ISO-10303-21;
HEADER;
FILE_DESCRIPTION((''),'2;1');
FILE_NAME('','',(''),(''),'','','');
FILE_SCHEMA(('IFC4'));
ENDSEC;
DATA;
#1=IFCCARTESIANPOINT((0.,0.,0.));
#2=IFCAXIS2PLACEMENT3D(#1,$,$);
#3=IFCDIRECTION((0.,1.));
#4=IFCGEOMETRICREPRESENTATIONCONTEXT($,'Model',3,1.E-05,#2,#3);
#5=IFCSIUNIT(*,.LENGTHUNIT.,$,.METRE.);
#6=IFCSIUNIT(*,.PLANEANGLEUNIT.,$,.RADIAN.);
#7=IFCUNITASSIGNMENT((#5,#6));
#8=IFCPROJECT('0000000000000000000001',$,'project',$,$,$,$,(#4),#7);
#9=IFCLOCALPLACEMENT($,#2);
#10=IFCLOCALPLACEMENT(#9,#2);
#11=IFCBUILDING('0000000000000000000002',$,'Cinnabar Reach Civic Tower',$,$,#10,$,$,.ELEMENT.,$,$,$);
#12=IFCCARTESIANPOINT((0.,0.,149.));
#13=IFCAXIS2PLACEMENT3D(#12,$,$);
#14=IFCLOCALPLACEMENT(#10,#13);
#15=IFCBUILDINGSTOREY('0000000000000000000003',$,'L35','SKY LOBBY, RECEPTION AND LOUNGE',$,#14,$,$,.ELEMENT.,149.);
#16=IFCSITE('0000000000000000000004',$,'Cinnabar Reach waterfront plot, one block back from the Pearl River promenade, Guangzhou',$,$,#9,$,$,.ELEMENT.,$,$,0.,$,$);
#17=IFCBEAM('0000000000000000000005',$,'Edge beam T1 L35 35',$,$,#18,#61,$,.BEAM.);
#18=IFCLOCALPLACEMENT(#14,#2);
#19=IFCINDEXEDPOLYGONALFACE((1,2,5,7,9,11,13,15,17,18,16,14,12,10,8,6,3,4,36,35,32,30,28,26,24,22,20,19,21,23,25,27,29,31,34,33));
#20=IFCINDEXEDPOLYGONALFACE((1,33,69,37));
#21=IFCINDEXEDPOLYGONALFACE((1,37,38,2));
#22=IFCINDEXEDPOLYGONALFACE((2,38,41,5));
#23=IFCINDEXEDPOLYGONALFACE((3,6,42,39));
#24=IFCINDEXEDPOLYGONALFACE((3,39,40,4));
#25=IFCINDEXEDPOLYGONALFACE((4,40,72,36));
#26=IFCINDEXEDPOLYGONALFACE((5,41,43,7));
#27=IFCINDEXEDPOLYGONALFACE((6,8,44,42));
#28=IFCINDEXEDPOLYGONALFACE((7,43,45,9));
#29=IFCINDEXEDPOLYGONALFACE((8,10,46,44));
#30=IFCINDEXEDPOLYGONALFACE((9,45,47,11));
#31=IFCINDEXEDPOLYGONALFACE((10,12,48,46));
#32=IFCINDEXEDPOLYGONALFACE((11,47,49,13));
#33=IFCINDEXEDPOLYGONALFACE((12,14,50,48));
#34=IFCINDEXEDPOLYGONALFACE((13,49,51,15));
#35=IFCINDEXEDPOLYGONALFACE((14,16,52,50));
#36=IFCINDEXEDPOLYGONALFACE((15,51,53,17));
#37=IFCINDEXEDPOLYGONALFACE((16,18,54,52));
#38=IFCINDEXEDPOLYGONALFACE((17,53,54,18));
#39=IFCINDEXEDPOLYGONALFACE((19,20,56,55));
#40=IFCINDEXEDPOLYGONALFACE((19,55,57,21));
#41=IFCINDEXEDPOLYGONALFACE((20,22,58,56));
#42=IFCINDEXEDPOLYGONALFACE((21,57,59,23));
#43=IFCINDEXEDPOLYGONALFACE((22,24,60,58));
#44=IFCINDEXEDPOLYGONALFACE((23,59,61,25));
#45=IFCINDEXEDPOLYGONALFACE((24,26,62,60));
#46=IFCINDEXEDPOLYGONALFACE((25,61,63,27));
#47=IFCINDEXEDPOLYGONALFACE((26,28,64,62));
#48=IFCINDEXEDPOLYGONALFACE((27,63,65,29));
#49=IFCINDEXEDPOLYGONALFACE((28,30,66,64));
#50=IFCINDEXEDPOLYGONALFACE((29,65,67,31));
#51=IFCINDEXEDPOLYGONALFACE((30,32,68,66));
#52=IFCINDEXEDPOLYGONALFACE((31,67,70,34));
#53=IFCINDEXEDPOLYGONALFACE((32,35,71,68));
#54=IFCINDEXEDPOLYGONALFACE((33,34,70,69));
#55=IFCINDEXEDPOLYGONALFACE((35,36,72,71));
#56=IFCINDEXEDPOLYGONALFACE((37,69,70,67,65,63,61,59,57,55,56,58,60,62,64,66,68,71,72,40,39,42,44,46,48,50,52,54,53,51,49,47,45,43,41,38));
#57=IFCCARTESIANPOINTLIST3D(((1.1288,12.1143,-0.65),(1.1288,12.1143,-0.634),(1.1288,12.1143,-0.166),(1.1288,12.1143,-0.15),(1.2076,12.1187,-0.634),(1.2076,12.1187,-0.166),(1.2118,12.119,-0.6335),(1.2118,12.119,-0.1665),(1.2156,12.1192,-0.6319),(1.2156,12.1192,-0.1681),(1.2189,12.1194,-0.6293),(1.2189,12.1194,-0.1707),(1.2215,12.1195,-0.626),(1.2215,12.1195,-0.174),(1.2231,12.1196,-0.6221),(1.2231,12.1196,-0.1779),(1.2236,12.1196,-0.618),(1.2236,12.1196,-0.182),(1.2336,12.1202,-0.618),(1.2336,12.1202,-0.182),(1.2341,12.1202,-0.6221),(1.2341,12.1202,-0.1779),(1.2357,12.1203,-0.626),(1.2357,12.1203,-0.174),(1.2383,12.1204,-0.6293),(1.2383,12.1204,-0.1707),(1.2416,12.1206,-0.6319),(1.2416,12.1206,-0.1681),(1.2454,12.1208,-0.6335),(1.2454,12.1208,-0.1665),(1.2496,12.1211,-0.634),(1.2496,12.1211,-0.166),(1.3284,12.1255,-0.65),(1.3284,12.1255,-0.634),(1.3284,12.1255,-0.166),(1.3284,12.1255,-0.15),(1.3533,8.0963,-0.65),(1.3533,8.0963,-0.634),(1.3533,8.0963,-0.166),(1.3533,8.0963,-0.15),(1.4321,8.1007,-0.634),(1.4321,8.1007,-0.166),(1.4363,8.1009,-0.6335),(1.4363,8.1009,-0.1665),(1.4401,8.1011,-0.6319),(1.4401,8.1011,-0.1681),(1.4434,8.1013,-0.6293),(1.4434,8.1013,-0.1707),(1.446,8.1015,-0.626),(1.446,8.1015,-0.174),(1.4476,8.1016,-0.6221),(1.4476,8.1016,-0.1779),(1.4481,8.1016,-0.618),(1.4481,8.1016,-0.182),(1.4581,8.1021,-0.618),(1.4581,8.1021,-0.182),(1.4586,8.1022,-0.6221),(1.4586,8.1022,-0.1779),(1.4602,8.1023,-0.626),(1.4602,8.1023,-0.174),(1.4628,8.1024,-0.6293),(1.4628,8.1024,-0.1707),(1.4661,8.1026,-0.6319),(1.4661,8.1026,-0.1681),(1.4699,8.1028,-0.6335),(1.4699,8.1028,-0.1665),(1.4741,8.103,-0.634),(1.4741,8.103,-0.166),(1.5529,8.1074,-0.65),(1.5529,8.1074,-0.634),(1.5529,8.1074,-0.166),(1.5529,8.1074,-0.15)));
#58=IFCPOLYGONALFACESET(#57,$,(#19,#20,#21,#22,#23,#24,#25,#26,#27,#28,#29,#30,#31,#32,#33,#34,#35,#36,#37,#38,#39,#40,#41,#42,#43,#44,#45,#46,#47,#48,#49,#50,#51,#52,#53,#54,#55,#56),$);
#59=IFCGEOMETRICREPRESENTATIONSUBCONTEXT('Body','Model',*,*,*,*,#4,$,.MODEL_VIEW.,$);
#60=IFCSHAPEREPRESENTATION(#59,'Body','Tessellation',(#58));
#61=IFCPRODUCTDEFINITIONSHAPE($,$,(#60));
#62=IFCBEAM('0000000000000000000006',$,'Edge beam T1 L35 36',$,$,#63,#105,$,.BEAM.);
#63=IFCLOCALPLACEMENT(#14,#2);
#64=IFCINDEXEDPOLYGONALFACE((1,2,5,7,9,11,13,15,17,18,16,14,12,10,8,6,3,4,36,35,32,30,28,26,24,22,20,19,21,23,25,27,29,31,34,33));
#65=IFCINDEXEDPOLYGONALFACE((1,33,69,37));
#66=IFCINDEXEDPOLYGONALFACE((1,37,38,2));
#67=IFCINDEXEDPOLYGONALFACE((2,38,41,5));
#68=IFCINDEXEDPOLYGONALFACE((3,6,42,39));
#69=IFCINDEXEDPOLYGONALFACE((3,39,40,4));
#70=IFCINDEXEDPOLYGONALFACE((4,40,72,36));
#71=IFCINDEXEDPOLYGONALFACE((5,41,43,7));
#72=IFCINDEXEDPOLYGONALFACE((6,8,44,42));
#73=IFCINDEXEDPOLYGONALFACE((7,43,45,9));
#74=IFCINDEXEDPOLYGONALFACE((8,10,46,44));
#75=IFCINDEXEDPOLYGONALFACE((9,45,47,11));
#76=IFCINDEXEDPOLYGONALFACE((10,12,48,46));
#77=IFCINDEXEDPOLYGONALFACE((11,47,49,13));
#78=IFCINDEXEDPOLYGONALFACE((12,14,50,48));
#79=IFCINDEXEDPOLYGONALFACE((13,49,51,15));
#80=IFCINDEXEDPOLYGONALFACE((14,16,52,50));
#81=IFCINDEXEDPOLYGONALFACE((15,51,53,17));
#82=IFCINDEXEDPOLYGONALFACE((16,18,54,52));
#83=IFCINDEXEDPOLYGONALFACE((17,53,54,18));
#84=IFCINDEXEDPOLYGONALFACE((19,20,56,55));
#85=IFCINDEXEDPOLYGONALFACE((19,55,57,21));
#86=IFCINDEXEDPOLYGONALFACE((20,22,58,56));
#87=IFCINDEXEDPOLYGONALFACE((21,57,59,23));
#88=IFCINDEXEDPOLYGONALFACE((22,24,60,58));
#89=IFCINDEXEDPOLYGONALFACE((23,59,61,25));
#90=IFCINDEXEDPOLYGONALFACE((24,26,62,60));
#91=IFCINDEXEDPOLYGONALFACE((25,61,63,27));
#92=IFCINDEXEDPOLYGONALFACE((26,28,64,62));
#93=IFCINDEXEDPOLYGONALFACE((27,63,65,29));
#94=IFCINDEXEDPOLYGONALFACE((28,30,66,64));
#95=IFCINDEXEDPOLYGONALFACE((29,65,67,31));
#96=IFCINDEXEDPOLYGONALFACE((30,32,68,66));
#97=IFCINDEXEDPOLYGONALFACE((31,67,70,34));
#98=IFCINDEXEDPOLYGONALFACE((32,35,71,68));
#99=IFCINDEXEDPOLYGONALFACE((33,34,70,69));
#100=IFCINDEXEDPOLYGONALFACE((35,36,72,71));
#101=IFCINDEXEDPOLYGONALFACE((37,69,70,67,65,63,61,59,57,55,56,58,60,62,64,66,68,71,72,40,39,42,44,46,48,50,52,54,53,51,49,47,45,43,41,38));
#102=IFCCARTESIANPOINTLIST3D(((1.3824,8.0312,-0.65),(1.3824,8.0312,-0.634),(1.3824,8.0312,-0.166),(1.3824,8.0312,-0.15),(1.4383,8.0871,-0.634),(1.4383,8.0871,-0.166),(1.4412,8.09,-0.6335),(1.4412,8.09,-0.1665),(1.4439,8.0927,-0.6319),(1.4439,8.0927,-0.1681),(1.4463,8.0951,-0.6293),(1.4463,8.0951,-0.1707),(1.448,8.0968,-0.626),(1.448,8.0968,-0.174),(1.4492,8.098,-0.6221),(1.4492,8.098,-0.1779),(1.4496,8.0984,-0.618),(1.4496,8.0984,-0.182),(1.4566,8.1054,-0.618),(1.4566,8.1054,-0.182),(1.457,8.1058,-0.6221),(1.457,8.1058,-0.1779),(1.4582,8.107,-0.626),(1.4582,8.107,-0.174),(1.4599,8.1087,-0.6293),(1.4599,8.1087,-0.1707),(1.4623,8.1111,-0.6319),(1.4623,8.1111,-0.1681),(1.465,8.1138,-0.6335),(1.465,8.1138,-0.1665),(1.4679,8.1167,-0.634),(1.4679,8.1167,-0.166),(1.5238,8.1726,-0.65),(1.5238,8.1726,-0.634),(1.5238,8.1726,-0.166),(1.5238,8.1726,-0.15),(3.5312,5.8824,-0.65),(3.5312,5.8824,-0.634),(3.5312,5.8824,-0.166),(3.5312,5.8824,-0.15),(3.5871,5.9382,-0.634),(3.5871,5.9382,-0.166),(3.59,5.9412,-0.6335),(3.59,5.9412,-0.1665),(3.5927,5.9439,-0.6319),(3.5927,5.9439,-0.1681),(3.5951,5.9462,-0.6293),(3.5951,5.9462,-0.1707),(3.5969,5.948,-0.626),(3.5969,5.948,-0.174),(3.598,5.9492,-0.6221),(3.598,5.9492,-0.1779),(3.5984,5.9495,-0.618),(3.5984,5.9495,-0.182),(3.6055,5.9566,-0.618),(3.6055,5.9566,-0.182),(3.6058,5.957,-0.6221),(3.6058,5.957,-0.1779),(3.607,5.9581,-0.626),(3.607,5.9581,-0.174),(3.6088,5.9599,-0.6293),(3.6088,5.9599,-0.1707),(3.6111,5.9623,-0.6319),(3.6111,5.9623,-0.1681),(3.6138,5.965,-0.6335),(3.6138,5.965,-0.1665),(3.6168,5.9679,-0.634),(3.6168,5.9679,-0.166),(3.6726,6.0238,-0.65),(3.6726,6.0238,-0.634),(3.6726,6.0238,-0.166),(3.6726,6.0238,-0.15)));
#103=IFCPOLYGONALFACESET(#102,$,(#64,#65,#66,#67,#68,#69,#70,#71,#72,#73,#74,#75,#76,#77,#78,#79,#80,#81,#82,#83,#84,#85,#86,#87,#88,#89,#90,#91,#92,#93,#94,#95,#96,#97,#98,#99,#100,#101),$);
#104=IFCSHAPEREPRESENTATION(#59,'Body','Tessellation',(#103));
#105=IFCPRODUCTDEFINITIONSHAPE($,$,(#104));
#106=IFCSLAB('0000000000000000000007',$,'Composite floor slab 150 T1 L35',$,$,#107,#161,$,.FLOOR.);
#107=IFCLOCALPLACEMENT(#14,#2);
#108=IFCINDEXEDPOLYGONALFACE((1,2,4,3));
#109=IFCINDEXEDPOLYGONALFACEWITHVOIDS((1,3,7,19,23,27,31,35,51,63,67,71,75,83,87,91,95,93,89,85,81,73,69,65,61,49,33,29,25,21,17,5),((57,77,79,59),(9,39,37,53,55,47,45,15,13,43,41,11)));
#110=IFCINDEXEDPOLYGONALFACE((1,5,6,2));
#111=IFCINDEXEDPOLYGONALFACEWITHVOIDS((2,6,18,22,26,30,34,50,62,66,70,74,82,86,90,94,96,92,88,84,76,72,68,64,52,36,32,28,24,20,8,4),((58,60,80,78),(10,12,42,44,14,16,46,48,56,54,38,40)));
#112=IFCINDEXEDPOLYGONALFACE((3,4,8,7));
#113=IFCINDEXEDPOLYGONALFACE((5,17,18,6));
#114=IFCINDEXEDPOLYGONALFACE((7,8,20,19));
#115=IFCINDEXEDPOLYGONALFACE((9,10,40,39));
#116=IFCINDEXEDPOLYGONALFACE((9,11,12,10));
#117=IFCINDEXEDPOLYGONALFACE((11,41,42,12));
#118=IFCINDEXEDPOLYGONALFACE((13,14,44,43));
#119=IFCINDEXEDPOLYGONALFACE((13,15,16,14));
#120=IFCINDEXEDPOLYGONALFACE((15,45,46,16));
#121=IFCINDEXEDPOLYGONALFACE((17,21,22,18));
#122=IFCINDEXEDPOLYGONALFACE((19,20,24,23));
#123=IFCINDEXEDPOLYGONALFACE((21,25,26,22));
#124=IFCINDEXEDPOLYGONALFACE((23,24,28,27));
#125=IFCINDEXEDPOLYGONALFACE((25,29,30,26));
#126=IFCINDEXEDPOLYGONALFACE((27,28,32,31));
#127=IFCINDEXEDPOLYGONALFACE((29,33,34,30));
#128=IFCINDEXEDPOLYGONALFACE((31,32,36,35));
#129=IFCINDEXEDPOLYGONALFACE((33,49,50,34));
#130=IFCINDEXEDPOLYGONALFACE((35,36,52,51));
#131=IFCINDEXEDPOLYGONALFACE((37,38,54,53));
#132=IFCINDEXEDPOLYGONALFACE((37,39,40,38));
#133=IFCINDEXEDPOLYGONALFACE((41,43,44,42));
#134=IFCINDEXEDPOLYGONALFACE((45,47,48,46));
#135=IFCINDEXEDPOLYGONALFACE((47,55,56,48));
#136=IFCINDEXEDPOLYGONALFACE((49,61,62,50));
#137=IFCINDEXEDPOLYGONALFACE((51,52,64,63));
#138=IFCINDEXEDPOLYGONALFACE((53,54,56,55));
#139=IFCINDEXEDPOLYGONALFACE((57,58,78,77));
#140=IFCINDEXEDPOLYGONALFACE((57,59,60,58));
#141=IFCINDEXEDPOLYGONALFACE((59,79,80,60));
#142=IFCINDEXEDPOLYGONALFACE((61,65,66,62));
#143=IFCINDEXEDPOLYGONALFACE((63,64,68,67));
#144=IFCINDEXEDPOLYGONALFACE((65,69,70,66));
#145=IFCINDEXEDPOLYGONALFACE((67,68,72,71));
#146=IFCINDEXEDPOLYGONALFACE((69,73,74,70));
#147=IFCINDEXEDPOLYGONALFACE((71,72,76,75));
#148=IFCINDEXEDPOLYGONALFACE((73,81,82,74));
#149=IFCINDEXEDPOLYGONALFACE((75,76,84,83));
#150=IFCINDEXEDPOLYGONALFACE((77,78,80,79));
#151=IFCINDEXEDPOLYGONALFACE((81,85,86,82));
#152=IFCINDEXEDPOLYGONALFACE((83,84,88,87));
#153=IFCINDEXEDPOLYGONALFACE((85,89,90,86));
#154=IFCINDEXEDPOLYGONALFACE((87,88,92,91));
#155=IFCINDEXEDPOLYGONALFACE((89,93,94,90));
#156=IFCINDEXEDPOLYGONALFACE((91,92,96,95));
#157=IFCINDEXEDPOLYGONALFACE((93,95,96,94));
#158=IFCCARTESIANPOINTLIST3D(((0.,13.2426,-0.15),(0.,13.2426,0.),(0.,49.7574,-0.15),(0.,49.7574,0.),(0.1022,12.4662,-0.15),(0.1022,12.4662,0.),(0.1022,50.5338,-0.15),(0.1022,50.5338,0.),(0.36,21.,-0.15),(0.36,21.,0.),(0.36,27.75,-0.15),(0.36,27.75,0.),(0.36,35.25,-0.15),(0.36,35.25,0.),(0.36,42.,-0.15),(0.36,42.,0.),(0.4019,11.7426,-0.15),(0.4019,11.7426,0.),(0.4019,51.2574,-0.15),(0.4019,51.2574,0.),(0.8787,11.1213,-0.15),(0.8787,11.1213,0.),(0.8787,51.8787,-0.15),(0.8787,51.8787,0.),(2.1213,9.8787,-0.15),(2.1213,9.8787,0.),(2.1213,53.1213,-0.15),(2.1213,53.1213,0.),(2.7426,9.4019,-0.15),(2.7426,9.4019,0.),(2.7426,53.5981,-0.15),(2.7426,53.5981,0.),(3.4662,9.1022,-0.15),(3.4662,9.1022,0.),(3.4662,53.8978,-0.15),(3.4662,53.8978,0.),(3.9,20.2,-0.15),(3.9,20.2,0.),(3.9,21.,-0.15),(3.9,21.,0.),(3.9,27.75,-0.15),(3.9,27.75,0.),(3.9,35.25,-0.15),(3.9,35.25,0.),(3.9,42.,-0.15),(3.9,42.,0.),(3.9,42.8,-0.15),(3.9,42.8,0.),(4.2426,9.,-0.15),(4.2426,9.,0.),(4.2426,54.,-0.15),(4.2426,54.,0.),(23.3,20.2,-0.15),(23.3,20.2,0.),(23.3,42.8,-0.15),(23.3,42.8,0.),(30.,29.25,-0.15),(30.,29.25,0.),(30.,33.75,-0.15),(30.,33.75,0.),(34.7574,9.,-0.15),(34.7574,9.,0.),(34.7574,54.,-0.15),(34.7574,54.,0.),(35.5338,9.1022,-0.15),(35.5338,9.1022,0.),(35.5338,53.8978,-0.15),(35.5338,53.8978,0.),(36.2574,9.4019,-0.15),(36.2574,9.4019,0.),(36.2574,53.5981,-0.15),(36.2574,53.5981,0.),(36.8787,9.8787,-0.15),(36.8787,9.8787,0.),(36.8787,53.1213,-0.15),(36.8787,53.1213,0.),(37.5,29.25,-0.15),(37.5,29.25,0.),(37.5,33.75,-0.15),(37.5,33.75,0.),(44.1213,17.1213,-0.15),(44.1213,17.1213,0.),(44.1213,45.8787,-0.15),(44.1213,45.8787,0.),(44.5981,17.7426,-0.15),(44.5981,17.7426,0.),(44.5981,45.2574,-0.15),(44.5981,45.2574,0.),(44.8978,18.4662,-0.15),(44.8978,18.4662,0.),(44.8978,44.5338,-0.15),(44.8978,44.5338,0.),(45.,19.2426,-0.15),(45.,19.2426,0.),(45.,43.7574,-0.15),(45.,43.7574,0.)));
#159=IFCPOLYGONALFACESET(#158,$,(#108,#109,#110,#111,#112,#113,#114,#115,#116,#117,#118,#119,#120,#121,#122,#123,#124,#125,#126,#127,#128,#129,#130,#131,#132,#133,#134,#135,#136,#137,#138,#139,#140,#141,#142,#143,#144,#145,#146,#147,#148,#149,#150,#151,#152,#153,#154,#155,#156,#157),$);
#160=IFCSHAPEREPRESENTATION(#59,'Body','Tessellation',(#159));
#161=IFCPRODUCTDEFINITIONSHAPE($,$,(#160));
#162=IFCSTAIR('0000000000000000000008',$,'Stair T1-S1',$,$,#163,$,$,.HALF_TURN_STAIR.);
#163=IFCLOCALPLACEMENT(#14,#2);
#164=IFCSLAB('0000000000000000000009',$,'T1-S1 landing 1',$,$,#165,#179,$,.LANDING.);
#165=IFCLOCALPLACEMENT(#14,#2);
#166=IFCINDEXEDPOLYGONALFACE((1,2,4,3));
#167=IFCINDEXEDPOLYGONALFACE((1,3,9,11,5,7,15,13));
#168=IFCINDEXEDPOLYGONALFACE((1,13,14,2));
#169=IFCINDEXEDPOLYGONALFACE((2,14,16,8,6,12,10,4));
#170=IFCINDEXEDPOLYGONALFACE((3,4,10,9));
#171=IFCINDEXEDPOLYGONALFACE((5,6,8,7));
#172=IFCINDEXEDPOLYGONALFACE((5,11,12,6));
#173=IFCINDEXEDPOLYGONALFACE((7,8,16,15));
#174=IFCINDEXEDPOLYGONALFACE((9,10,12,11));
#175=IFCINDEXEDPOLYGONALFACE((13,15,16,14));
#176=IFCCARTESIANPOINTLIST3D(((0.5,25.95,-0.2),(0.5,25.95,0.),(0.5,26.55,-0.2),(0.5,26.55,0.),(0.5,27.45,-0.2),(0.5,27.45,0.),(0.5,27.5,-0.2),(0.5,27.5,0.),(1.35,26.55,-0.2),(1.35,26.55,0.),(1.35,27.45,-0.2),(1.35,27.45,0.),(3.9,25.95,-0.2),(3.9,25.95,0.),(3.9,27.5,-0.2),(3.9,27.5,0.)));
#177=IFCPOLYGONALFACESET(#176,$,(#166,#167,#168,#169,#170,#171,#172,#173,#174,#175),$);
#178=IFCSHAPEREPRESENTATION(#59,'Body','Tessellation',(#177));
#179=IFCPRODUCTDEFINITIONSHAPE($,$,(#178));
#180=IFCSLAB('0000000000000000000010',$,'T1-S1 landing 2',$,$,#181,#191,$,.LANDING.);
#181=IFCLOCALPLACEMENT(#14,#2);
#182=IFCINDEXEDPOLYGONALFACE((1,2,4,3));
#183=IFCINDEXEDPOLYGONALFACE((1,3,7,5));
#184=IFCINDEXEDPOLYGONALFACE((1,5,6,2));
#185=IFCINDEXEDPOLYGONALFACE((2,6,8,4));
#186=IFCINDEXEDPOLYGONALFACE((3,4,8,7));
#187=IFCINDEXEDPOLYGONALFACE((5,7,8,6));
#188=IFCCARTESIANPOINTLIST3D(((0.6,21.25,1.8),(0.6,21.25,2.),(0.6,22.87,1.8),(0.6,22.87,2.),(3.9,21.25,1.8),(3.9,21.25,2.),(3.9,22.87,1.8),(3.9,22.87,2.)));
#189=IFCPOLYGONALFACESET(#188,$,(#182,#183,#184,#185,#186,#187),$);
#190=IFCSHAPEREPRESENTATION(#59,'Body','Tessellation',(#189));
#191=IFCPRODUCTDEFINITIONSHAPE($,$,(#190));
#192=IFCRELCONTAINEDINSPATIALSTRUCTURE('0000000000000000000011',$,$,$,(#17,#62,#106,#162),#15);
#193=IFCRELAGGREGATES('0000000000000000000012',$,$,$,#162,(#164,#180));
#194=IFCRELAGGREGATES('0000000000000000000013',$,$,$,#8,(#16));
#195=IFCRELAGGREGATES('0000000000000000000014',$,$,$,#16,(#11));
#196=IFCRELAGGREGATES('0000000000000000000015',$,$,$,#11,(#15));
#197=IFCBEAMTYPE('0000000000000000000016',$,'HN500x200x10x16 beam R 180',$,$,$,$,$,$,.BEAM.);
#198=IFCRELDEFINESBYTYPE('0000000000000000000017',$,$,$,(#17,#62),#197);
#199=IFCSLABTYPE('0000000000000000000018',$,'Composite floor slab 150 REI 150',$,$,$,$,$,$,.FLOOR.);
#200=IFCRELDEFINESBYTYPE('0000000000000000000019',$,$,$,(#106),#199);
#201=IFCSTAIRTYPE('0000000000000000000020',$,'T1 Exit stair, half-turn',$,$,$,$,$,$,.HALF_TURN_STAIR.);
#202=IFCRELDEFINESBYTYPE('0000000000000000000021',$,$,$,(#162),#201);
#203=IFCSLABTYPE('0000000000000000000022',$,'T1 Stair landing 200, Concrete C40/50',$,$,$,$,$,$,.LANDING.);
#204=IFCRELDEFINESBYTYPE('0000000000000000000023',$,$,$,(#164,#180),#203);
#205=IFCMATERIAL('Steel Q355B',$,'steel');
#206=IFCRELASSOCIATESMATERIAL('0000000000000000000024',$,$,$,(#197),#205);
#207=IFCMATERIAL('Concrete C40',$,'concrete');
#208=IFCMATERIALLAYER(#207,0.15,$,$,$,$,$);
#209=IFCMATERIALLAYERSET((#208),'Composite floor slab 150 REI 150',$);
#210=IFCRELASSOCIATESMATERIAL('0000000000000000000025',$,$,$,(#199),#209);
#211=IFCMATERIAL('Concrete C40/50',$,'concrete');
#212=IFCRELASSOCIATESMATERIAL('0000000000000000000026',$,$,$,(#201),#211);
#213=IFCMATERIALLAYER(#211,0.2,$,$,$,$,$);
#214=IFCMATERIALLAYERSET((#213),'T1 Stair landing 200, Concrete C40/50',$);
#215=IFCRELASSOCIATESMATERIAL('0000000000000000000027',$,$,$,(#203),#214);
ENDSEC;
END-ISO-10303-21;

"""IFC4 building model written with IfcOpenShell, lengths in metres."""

from ifc_helpers import new_model, si_unit, direction, frame, origin, origin_2d, place, context, subcontext, project, spatial, polyline, i_section, outline, extrude, material, layer, layer_set, material_profile, profile_set, type_object, element, aggregate, save


model = new_model("IFC4")

# Units and contexts
model_context = context("Model", 3, precision=1e-05, world=origin(), true_north=direction((0.0, 1.0)))
body_context = subcontext(model_context, "Body", "Model", "MODEL_VIEW")
ifc_project = project(units=[si_unit("LENGTHUNIT", "METRE"), si_unit("PLANEANGLEUNIT", "RADIAN")], contexts=[model_context])

# Site, building, storey
site_placement = place(None, origin())
site = spatial("IfcSite", under=ifc_project, at=site_placement, Name="Cinnabar Reach waterfront plot, one block back from the Pearl River promenade, Guangzhou", CompositionType="ELEMENT", RefElevation=0.0)
building_placement = place(site_placement, origin())
building = spatial("IfcBuilding", under=site, at=building_placement, Name="Cinnabar Reach Civic Tower", CompositionType="ELEMENT")
storey_placement = place(building_placement, frame((0.0, 0.0, 149.0)))
storey = spatial("IfcBuildingStorey", under=building, at=storey_placement, Name="L35", Description="SKY LOBBY, RECEPTION AND LOUNGE", CompositionType="ELEMENT", Elevation=149.0)

# Beams
ifc_material_1 = material(Name="Steel Q355B", Category="steel")
ifc_material_profile_1 = material_profile(ifc_material_1, i_section(OverallWidth=0.2, OverallDepth=0.5, WebThickness=0.01, FlangeThickness=0.016, FilletRadius=0.016, at=origin_2d()), Name="HN500x200x10x16")
ifc_profile_set_1 = profile_set([ifc_material_profile_1], Name="Steel Q355B")
beam_type_1 = type_object("IfcBeamType", Name="HN500x200x10x16 beam R 180", PredefinedType="BEAM", material=ifc_profile_set_1)
beam_1_placement = place(storey_placement, frame((1.2286, 12.1199, -0.4), z_axis=(0.055787, -0.998443, 0.0), x_axis=(0.998443, 0.055787, 0.0)))
element("IfcBeam", 1, at=beam_1_placement, inside=storey, type_object=beam_type_1, Name="Edge beam T1 L35 35", PredefinedType="BEAM", context=body_context, shape_type="SweptSolid", body=[
    extrude(i_section(OverallWidth=0.2, OverallDepth=0.5, WebThickness=0.01, FlangeThickness=0.016, FilletRadius=0.016, at=origin_2d()), origin(), (0.0, 0.0, 1.0), 4.0243),
])
beam_2_placement = place(storey_placement, frame((1.4531, 8.1019, -0.4), z_axis=(0.707107, -0.707107, 0.0), x_axis=(0.707107, 0.707107, 0.0)))
element("IfcBeam", 2, at=beam_2_placement, inside=storey, type_object=beam_type_1, Name="Edge beam T1 L35 36", PredefinedType="BEAM", context=body_context, shape_type="SweptSolid", body=[
    extrude(i_section(OverallWidth=0.2, OverallDepth=0.5, WebThickness=0.01, FlangeThickness=0.016, FilletRadius=0.016, at=origin_2d()), origin(), (0.0, 0.0, 1.0), 3.0389),
])

# Slab
ifc_material_2 = material(Name="Concrete C40", Category="concrete")
ifc_layer_1 = layer(ifc_material_2, 0.15)
ifc_layer_set_1 = layer_set([ifc_layer_1], Name="Composite floor slab 150 REI 150")
slab_type_1 = type_object("IfcSlabType", Name="Composite floor slab 150 REI 150", PredefinedType="FLOOR", material=ifc_layer_set_1)
slab_1_placement = place(storey_placement, frame((0.0, 0.0, -0.15)))
element("IfcSlab", 3, at=slab_1_placement, inside=storey, type_object=slab_type_1, Name="Composite floor slab 150 T1 L35", PredefinedType="FLOOR", context=body_context, shape_type="SweptSolid", body=[
    extrude(outline(polyline([(0.8787, 11.1213), (0.4019, 11.7426), (0.1022, 12.4662), (0.0, 13.2426), (0.0, 49.7574), (0.1022, 50.5338), (0.4019, 51.2574), (0.8787, 51.8787), (2.1213, 53.1213), (2.7426, 53.5981), (3.4662, 53.8978), (4.2426, 54.0), (34.7574, 54.0), (35.5338, 53.8978), (36.2574, 53.5981), (36.8787, 53.1213), (44.1213, 45.8787), (44.5981, 45.2574), (44.8978, 44.5338), (45.0, 43.7574), (45.0, 19.2426), (44.8978, 18.4662), (44.5981, 17.7426), (44.1213, 17.1213), (36.8787, 9.8787), (36.2574, 9.4019), (35.5338, 9.1022), (34.7574, 9.0), (4.2426, 9.0), (3.4662, 9.1022), (2.7426, 9.4019), (2.1213, 9.8787), (0.8787, 11.1213)]), holes=[polyline([(0.36, 21.0), (3.9, 21.0), (3.9, 20.2), (23.3, 20.2), (23.3, 42.8), (3.9, 42.8), (3.9, 42.0), (0.36, 42.0), (0.36, 35.25), (3.9, 35.25), (3.9, 27.75), (0.36, 27.75), (0.36, 21.0)]), polyline([(30.0, 33.75), (30.0, 29.25), (37.5, 29.25), (37.5, 33.75), (30.0, 33.75)])]), origin(), (0.0, 0.0, 1.0), 0.15),
])

# Stair, slabs
ifc_material_3 = material(Name="Concrete C40/50", Category="concrete")
stair_type = type_object("IfcStairType", Name="T1 Exit stair, half-turn", PredefinedType="HALF_TURN_STAIR", material=ifc_material_3)
stair_1_placement = place(storey_placement, origin())
stair_1 = element("IfcStair", 4, at=stair_1_placement, inside=storey, type_object=stair_type, Name="Stair T1-S1", PredefinedType="HALF_TURN_STAIR")
ifc_layer_2 = layer(ifc_material_3, 0.2)
ifc_layer_set_2 = layer_set([ifc_layer_2], Name="T1 Stair landing 200, Concrete C40/50")
slab_type_2 = type_object("IfcSlabType", Name="T1 Stair landing 200, Concrete C40/50", PredefinedType="LANDING", material=ifc_layer_set_2)
slab_2_placement = place(storey_placement, frame((0.0, 0.0, -0.2)))
slab_2 = element("IfcSlab", 5, at=slab_2_placement, type_object=slab_type_2, Name="T1-S1 landing 1", PredefinedType="LANDING", context=body_context, shape_type="SweptSolid", body=[
    extrude(outline(polyline([(0.5, 27.5), (3.9, 27.5), (3.9, 25.95), (0.5, 25.95), (0.5, 26.55), (1.35, 26.55), (1.35, 27.45), (0.5, 27.45), (0.5, 27.5)])), origin(), (0.0, 0.0, 1.0), 0.2),
])
slab_3_placement = place(storey_placement, frame((0.0, 0.0, 1.8)))
slab_3 = element("IfcSlab", 6, at=slab_3_placement, type_object=slab_type_2, Name="T1-S1 landing 2", PredefinedType="LANDING", context=body_context, shape_type="SweptSolid", body=[
    extrude(outline(polyline([(0.6, 21.25), (0.6, 22.87), (3.9, 22.87), (3.9, 21.25), (0.6, 21.25)])), origin(), (0.0, 0.0, 1.0), 0.2),
])
aggregate(stair_1, [slab_2, slab_3])

save(model, "model.ifc")
